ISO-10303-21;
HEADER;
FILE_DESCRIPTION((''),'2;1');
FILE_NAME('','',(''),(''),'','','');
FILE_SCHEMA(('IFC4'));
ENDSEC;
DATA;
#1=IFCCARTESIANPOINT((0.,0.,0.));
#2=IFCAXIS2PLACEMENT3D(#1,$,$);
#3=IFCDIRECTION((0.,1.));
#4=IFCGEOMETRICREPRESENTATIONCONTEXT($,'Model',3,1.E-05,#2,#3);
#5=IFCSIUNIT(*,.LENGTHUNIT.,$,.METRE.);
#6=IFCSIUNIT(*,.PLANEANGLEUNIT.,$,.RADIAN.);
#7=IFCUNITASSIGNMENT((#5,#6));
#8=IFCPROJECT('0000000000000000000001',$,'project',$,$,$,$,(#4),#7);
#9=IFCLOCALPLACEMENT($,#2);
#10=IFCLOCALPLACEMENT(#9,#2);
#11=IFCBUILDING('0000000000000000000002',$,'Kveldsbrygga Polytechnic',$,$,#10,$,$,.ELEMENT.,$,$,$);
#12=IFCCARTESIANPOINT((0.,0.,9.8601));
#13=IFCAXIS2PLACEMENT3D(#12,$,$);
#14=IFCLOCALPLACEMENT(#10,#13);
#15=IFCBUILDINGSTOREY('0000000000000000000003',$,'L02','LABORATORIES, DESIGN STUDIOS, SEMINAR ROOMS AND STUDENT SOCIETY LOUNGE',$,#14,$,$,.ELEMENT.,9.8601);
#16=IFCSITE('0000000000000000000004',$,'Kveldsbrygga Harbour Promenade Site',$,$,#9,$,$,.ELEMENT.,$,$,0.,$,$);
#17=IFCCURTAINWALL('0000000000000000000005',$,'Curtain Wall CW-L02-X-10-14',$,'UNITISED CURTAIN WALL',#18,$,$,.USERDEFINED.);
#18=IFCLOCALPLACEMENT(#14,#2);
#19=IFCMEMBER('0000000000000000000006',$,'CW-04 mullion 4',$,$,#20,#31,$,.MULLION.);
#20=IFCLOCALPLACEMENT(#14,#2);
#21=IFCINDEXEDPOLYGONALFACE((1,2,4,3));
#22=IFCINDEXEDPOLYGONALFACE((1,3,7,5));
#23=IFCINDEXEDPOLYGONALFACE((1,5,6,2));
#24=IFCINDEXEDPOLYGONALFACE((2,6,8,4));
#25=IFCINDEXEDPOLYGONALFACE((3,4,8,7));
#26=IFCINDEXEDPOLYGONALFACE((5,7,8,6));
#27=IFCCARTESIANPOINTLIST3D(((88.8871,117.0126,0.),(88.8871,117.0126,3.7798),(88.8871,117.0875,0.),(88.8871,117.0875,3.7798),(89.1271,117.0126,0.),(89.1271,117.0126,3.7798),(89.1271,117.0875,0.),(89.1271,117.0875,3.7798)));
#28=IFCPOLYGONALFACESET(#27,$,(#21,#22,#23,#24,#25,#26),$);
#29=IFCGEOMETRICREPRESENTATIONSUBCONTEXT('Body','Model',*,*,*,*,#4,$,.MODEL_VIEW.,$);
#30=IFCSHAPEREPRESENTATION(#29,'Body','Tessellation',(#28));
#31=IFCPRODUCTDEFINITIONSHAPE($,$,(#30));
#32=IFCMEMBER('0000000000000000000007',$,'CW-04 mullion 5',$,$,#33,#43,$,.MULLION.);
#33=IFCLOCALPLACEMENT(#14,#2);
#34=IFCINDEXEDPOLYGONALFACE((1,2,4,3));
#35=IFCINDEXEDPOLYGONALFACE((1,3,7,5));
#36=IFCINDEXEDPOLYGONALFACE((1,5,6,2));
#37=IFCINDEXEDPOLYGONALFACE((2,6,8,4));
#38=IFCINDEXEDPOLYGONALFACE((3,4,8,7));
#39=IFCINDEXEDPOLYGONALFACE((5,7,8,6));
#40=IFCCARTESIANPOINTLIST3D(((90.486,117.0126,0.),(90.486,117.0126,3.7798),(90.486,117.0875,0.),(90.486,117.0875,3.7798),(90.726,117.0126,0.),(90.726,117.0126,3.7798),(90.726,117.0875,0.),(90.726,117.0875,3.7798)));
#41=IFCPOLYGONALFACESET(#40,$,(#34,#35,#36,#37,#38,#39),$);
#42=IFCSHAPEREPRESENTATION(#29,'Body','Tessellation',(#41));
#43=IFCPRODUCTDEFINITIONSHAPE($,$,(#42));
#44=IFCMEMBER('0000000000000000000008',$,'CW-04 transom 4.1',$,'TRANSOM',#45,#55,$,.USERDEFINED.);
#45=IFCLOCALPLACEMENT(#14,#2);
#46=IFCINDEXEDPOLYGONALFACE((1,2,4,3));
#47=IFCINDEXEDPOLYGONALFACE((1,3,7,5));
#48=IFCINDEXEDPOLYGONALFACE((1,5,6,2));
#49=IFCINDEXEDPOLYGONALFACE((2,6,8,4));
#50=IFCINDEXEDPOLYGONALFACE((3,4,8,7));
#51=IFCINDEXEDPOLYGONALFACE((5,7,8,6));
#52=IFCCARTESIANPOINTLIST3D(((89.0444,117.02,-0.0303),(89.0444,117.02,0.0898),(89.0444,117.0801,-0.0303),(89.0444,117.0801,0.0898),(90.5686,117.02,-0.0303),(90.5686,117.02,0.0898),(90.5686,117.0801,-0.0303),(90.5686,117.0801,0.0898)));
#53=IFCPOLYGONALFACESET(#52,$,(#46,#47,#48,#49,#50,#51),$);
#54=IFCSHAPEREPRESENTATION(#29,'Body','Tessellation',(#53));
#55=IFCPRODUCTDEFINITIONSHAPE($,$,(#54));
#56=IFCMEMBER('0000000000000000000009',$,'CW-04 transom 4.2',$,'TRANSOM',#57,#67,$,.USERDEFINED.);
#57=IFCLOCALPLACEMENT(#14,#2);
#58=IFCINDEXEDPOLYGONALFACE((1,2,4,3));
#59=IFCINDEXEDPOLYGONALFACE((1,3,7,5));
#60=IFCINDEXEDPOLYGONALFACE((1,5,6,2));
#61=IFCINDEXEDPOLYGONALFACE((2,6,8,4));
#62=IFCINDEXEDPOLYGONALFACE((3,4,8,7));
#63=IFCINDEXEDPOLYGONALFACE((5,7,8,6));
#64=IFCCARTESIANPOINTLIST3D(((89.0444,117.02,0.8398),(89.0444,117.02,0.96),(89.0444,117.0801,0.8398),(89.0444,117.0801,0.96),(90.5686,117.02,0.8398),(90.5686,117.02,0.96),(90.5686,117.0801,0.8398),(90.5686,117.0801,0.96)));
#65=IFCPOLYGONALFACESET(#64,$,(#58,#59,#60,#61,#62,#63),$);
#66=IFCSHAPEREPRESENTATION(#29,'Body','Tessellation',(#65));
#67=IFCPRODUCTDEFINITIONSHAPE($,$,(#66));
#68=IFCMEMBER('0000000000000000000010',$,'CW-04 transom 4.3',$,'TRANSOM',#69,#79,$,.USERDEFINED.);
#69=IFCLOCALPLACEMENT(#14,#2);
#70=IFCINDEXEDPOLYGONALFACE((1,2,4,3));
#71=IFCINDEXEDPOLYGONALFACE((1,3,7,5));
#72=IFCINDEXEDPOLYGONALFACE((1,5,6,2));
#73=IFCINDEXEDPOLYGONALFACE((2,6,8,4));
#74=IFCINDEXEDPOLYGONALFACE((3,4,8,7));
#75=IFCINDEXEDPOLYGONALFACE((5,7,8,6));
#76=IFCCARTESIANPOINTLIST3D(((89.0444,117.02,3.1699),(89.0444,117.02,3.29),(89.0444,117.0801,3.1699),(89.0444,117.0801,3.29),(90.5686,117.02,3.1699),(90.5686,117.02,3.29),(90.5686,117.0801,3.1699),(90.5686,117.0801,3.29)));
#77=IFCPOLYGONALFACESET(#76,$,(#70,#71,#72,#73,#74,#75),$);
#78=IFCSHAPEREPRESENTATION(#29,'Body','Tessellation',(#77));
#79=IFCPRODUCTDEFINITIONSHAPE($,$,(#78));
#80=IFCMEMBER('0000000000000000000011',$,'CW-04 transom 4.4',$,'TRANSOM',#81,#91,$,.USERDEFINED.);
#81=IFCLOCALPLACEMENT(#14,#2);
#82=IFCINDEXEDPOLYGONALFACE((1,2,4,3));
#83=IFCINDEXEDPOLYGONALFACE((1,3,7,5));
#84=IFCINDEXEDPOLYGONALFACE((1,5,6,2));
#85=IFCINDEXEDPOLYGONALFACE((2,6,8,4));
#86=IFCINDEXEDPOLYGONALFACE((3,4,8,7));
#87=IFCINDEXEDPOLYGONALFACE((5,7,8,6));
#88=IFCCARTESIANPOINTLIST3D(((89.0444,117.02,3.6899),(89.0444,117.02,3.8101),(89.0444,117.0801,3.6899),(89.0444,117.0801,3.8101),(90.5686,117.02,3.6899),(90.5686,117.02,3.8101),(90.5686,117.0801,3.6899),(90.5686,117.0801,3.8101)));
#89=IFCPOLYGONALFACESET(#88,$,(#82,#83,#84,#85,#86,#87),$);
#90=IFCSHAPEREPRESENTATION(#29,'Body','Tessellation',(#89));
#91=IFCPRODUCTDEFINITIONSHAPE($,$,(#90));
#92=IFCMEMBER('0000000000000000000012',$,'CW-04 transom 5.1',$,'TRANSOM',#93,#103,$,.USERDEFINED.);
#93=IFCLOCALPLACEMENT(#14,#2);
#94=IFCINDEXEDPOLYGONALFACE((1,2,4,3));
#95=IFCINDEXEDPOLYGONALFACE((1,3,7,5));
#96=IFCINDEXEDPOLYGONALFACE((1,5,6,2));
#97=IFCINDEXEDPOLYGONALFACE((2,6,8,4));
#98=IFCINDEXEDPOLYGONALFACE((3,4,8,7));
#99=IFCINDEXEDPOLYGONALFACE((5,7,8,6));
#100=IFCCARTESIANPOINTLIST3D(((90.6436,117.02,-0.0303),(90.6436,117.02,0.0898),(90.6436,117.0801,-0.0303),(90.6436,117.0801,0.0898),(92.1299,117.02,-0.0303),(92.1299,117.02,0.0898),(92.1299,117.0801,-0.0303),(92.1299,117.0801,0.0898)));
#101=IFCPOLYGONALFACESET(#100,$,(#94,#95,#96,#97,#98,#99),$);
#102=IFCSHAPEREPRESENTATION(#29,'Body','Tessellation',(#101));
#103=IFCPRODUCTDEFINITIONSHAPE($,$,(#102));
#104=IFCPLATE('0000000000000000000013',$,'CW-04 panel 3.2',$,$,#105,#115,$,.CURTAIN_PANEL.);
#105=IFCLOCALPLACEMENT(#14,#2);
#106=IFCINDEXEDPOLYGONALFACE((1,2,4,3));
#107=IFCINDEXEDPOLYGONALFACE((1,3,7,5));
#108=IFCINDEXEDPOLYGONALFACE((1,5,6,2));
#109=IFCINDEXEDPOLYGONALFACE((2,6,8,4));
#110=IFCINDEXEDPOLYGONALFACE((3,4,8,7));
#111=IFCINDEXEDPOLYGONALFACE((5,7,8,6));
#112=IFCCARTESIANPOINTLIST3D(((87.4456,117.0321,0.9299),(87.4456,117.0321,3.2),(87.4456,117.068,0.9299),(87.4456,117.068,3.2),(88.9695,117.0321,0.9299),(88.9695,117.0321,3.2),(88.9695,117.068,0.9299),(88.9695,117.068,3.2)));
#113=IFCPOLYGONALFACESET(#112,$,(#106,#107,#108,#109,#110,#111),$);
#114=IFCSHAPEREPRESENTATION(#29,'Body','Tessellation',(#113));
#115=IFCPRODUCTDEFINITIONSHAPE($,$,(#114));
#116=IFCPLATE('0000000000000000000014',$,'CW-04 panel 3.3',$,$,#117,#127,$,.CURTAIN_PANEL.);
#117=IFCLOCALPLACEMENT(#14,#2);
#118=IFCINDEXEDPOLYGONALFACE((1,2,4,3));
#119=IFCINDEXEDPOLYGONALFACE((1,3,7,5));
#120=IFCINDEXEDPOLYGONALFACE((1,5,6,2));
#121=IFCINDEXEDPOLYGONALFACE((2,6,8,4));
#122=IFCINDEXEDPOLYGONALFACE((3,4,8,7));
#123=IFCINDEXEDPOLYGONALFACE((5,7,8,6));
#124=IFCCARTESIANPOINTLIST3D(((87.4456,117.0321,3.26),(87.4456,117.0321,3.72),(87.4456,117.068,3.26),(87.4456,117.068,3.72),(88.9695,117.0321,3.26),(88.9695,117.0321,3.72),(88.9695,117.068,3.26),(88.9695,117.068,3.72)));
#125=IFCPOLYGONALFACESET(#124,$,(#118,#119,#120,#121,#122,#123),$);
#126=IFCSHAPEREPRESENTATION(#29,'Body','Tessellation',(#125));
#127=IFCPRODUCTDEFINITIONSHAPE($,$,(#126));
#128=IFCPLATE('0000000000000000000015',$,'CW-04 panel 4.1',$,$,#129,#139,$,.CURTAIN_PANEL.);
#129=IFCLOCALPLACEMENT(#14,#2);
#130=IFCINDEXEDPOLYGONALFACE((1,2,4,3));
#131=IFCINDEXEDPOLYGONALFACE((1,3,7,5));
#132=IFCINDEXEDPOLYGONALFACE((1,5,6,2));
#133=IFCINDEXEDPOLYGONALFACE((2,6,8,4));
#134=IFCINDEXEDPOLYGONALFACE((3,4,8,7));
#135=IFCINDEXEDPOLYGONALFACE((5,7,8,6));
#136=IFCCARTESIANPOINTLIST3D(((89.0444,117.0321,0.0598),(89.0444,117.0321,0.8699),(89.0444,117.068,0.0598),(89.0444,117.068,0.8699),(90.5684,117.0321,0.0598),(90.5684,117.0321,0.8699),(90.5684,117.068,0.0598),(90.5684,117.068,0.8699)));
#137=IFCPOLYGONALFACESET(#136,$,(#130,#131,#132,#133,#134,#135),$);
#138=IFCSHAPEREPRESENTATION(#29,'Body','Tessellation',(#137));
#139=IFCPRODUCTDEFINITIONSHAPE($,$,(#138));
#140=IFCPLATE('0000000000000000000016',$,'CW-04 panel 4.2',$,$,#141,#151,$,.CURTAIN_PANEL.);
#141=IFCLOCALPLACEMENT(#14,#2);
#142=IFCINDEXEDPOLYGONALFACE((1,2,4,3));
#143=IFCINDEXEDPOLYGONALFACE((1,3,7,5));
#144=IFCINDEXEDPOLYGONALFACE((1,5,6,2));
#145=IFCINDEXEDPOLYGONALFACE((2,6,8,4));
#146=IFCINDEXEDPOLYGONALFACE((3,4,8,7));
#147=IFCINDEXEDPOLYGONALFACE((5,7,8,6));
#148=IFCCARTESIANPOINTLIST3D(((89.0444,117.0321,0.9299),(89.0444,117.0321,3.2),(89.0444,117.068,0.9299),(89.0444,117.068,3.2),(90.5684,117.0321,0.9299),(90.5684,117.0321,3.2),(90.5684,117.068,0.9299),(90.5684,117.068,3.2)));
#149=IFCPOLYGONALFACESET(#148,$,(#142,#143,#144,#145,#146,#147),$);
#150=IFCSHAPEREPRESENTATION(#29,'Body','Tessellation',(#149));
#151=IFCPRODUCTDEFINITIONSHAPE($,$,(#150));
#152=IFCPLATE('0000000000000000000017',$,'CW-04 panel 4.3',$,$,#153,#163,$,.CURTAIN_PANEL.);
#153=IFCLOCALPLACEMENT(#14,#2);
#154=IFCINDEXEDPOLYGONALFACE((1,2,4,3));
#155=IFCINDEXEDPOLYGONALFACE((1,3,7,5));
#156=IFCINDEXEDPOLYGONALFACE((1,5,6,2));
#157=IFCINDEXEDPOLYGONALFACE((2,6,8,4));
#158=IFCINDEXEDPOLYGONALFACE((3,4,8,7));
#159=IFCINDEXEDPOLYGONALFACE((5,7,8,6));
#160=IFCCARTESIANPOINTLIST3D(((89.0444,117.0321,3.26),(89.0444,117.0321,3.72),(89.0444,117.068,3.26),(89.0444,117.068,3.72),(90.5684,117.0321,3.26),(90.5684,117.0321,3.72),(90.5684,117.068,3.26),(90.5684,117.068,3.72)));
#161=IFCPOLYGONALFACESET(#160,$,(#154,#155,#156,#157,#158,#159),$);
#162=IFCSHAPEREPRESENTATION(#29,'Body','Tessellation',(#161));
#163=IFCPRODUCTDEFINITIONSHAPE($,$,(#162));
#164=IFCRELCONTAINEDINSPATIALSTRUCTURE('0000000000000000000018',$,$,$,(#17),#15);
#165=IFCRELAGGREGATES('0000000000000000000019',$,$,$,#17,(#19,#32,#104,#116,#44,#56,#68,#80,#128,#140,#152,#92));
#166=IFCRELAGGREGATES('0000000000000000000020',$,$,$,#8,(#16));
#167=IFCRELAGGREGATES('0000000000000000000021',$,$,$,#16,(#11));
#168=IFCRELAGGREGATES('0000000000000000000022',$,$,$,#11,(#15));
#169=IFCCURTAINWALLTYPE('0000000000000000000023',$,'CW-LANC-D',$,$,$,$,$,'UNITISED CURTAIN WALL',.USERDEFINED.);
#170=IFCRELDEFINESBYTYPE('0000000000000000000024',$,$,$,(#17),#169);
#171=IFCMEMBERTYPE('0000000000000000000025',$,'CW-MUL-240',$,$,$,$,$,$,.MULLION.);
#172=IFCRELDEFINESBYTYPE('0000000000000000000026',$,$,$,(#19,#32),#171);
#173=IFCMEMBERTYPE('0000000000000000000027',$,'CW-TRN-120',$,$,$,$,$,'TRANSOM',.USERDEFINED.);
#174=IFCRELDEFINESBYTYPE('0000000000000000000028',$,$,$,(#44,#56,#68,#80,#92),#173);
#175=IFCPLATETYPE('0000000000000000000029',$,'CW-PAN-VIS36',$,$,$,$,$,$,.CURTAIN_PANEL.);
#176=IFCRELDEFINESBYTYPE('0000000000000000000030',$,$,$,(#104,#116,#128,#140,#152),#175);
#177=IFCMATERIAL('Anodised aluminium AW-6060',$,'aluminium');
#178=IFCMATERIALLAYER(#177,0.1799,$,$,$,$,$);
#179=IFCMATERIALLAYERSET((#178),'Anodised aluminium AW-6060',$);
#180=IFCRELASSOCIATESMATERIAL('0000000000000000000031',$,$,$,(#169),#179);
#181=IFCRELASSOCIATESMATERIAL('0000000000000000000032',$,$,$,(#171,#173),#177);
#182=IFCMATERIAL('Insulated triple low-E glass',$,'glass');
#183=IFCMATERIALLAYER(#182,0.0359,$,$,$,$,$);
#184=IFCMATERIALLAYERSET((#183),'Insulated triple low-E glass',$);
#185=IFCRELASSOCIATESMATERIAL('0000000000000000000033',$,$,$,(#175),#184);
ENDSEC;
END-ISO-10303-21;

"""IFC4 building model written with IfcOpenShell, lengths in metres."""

from ifc_helpers import new_model, si_unit, direction, frame, origin, origin_2d, place, context, subcontext, project, spatial, rectangle, extrude, material, layer, layer_set, material_profile, profile_set, type_object, element, aggregate, save


model = new_model("IFC4")

# Units and contexts
model_context = context("Model", 3, precision=1e-05, world=origin(), true_north=direction((0.0, 1.0)))
body_context = subcontext(model_context, "Body", "Model", "MODEL_VIEW")
ifc_project = project(units=[si_unit("LENGTHUNIT", "METRE"), si_unit("PLANEANGLEUNIT", "RADIAN")], contexts=[model_context])

# Site, building, storey
site_placement = place(None, origin())
site = spatial("IfcSite", under=ifc_project, at=site_placement, Name="Kveldsbrygga Harbour Promenade Site", CompositionType="ELEMENT", RefElevation=0.0)
building_placement = place(site_placement, origin())
building = spatial("IfcBuilding", under=site, at=building_placement, Name="Kveldsbrygga Polytechnic", CompositionType="ELEMENT")
storey_placement = place(building_placement, frame((0.0, 0.0, 9.8601)))
storey = spatial("IfcBuildingStorey", under=building, at=storey_placement, Name="L02", Description="LABORATORIES, DESIGN STUDIOS, SEMINAR ROOMS AND STUDENT SOCIETY LOUNGE", CompositionType="ELEMENT", Elevation=9.8601)

# Curtain wall, members, plates
ifc_material_1 = material(Name="Anodised aluminium AW-6060", Category="aluminium")
ifc_layer_1 = layer(ifc_material_1, 0.1799)
ifc_layer_set_1 = layer_set([ifc_layer_1], Name="Anodised aluminium AW-6060")
curtain_wall_type = type_object("IfcCurtainWallType", Name="CW-LANC-D", ElementType="UNITISED CURTAIN WALL", PredefinedType="USERDEFINED", material=ifc_layer_set_1)
curtain_wall_placement = place(storey_placement, origin())
curtain_wall = element("IfcCurtainWall", 1, at=curtain_wall_placement, inside=storey, type_object=curtain_wall_type, Name="Curtain Wall CW-L02-X-10-14", ObjectType="UNITISED CURTAIN WALL", PredefinedType="USERDEFINED")
ifc_material_profile_1 = material_profile(ifc_material_1, rectangle(XDim=0.075, YDim=0.24, at=origin_2d()), Name="ALU 75x240")
ifc_profile_set_1 = profile_set([ifc_material_profile_1], Name="Anodised aluminium AW-6060")
member_type_1 = type_object("IfcMemberType", Name="CW-MUL-240", PredefinedType="MULLION", material=ifc_profile_set_1)
member_1_placement = place(storey_placement, frame((89.0071, 117.05, 0.0), z_axis=(0.0, 0.0, 1.0), x_axis=(0.0, 1.0, 0.0)))
member_1 = element("IfcMember", 2, at=member_1_placement, type_object=member_type_1, Name="CW-04 mullion 4", PredefinedType="MULLION", context=body_context, shape_type="SweptSolid", body=[
    extrude(rectangle(XDim=0.075, YDim=0.24, at=origin_2d()), origin(), (0.0, 0.0, 1.0), 3.7798),
])
member_2_placement = place(storey_placement, frame((90.606, 117.05, 0.0), z_axis=(0.0, 0.0, 1.0), x_axis=(0.0, 1.0, 0.0)))
member_2 = element("IfcMember", 3, at=member_2_placement, type_object=member_type_1, Name="CW-04 mullion 5", PredefinedType="MULLION", context=body_context, shape_type="SweptSolid", body=[
    extrude(rectangle(XDim=0.075, YDim=0.24, at=origin_2d()), origin(), (0.0, 0.0, 1.0), 3.7798),
])
ifc_material_profile_2 = material_profile(ifc_material_1, rectangle(XDim=0.0601, YDim=0.1201, at=origin_2d()), Name="ALU 60x120")
ifc_profile_set_2 = profile_set([ifc_material_profile_2], Name="Anodised aluminium AW-6060")
member_type_2 = type_object("IfcMemberType", Name="CW-TRN-120", ElementType="TRANSOM", PredefinedType="USERDEFINED", material=ifc_profile_set_2)
member_3_placement = place(storey_placement, frame((89.0444, 117.05, 0.0298), z_axis=(1.0, 0.0, 0.0), x_axis=(0.0, 1.0, 0.0)))
member_3 = element("IfcMember", 4, at=member_3_placement, type_object=member_type_2, Name="CW-04 transom 4.1", ObjectType="TRANSOM", PredefinedType="USERDEFINED", context=body_context, shape_type="SweptSolid", body=[
    extrude(rectangle(XDim=0.0601, YDim=0.1201, at=origin_2d()), origin(), (0.0, 0.0, 1.0), 1.5242),
])
member_4_placement = place(storey_placement, frame((89.0444, 117.05, 0.8999), z_axis=(1.0, 0.0, 0.0), x_axis=(0.0, 1.0, 0.0)))
member_4 = element("IfcMember", 5, at=member_4_placement, type_object=member_type_2, Name="CW-04 transom 4.2", ObjectType="TRANSOM", PredefinedType="USERDEFINED", context=body_context, shape_type="SweptSolid", body=[
    extrude(rectangle(XDim=0.0601, YDim=0.1201, at=origin_2d()), origin(), (0.0, 0.0, 1.0), 1.5242),
])
member_5_placement = place(storey_placement, frame((89.0444, 117.05, 3.23), z_axis=(1.0, 0.0, 0.0), x_axis=(0.0, 1.0, 0.0)))
member_5 = element("IfcMember", 6, at=member_5_placement, type_object=member_type_2, Name="CW-04 transom 4.3", ObjectType="TRANSOM", PredefinedType="USERDEFINED", context=body_context, shape_type="SweptSolid", body=[
    extrude(rectangle(XDim=0.0601, YDim=0.1201, at=origin_2d()), origin(), (0.0, 0.0, 1.0), 1.5242),
])
member_6_placement = place(storey_placement, frame((89.0444, 117.05, 3.75), z_axis=(1.0, 0.0, 0.0), x_axis=(0.0, 1.0, 0.0)))
member_6 = element("IfcMember", 7, at=member_6_placement, type_object=member_type_2, Name="CW-04 transom 4.4", ObjectType="TRANSOM", PredefinedType="USERDEFINED", context=body_context, shape_type="SweptSolid", body=[
    extrude(rectangle(XDim=0.0601, YDim=0.1201, at=origin_2d()), origin(), (0.0, 0.0, 1.0), 1.5242),
])
member_7_placement = place(storey_placement, frame((90.6436, 117.05, 0.0298), z_axis=(1.0, 0.0, 0.0), x_axis=(0.0, 1.0, 0.0)))
member_7 = element("IfcMember", 8, at=member_7_placement, type_object=member_type_2, Name="CW-04 transom 5.1", ObjectType="TRANSOM", PredefinedType="USERDEFINED", context=body_context, shape_type="SweptSolid", body=[
    extrude(rectangle(XDim=0.0601, YDim=0.1201, at=origin_2d()), origin(), (0.0, 0.0, 1.0), 1.4863),
])
ifc_material_2 = material(Name="Insulated triple low-E glass", Category="glass")
ifc_layer_2 = layer(ifc_material_2, 0.0359)
ifc_layer_set_2 = layer_set([ifc_layer_2], Name="Insulated triple low-E glass")
plate_type = type_object("IfcPlateType", Name="CW-PAN-VIS36", PredefinedType="CURTAIN_PANEL", material=ifc_layer_set_2)
plate_1_placement = place(storey_placement, frame((88.2075, 117.05, 0.9299), z_axis=(0.0, 0.0, 1.0), x_axis=(1.0, 0.0, 0.0)))
plate_1 = element("IfcPlate", 9, at=plate_1_placement, type_object=plate_type, Name="CW-04 panel 3.2", PredefinedType="CURTAIN_PANEL", context=body_context, shape_type="SweptSolid", body=[
    extrude(rectangle(XDim=1.5239, YDim=0.0359, at=origin_2d()), origin(), (0.0, 0.0, 1.0), 2.27),
])
plate_2_placement = place(storey_placement, frame((88.2075, 117.05, 3.26), z_axis=(0.0, 0.0, 1.0), x_axis=(1.0, 0.0, 0.0)))
plate_2 = element("IfcPlate", 10, at=plate_2_placement, type_object=plate_type, Name="CW-04 panel 3.3", PredefinedType="CURTAIN_PANEL", context=body_context, shape_type="SweptSolid", body=[
    extrude(rectangle(XDim=1.5239, YDim=0.0359, at=origin_2d()), origin(), (0.0, 0.0, 1.0), 0.46),
])
plate_3_placement = place(storey_placement, frame((89.8064, 117.05, 0.0598), z_axis=(0.0, 0.0, 1.0), x_axis=(1.0, 0.0, 0.0)))
plate_3 = element("IfcPlate", 11, at=plate_3_placement, type_object=plate_type, Name="CW-04 panel 4.1", PredefinedType="CURTAIN_PANEL", context=body_context, shape_type="SweptSolid", body=[
    extrude(rectangle(XDim=1.5239, YDim=0.0359, at=origin_2d()), origin(), (0.0, 0.0, 1.0), 0.8101),
])
plate_4_placement = place(storey_placement, frame((89.8064, 117.05, 0.9299), z_axis=(0.0, 0.0, 1.0), x_axis=(1.0, 0.0, 0.0)))
plate_4 = element("IfcPlate", 12, at=plate_4_placement, type_object=plate_type, Name="CW-04 panel 4.2", PredefinedType="CURTAIN_PANEL", context=body_context, shape_type="SweptSolid", body=[
    extrude(rectangle(XDim=1.5239, YDim=0.0359, at=origin_2d()), origin(), (0.0, 0.0, 1.0), 2.27),
])
plate_5_placement = place(storey_placement, frame((89.8064, 117.05, 3.26), z_axis=(0.0, 0.0, 1.0), x_axis=(1.0, 0.0, 0.0)))
plate_5 = element("IfcPlate", 13, at=plate_5_placement, type_object=plate_type, Name="CW-04 panel 4.3", PredefinedType="CURTAIN_PANEL", context=body_context, shape_type="SweptSolid", body=[
    extrude(rectangle(XDim=1.5239, YDim=0.0359, at=origin_2d()), origin(), (0.0, 0.0, 1.0), 0.46),
])
aggregate(curtain_wall, [member_1, member_2, plate_1, plate_2, member_3, member_4, member_5, member_6, plate_3, plate_4, plate_5, member_7])

save(model, "model.ifc")
